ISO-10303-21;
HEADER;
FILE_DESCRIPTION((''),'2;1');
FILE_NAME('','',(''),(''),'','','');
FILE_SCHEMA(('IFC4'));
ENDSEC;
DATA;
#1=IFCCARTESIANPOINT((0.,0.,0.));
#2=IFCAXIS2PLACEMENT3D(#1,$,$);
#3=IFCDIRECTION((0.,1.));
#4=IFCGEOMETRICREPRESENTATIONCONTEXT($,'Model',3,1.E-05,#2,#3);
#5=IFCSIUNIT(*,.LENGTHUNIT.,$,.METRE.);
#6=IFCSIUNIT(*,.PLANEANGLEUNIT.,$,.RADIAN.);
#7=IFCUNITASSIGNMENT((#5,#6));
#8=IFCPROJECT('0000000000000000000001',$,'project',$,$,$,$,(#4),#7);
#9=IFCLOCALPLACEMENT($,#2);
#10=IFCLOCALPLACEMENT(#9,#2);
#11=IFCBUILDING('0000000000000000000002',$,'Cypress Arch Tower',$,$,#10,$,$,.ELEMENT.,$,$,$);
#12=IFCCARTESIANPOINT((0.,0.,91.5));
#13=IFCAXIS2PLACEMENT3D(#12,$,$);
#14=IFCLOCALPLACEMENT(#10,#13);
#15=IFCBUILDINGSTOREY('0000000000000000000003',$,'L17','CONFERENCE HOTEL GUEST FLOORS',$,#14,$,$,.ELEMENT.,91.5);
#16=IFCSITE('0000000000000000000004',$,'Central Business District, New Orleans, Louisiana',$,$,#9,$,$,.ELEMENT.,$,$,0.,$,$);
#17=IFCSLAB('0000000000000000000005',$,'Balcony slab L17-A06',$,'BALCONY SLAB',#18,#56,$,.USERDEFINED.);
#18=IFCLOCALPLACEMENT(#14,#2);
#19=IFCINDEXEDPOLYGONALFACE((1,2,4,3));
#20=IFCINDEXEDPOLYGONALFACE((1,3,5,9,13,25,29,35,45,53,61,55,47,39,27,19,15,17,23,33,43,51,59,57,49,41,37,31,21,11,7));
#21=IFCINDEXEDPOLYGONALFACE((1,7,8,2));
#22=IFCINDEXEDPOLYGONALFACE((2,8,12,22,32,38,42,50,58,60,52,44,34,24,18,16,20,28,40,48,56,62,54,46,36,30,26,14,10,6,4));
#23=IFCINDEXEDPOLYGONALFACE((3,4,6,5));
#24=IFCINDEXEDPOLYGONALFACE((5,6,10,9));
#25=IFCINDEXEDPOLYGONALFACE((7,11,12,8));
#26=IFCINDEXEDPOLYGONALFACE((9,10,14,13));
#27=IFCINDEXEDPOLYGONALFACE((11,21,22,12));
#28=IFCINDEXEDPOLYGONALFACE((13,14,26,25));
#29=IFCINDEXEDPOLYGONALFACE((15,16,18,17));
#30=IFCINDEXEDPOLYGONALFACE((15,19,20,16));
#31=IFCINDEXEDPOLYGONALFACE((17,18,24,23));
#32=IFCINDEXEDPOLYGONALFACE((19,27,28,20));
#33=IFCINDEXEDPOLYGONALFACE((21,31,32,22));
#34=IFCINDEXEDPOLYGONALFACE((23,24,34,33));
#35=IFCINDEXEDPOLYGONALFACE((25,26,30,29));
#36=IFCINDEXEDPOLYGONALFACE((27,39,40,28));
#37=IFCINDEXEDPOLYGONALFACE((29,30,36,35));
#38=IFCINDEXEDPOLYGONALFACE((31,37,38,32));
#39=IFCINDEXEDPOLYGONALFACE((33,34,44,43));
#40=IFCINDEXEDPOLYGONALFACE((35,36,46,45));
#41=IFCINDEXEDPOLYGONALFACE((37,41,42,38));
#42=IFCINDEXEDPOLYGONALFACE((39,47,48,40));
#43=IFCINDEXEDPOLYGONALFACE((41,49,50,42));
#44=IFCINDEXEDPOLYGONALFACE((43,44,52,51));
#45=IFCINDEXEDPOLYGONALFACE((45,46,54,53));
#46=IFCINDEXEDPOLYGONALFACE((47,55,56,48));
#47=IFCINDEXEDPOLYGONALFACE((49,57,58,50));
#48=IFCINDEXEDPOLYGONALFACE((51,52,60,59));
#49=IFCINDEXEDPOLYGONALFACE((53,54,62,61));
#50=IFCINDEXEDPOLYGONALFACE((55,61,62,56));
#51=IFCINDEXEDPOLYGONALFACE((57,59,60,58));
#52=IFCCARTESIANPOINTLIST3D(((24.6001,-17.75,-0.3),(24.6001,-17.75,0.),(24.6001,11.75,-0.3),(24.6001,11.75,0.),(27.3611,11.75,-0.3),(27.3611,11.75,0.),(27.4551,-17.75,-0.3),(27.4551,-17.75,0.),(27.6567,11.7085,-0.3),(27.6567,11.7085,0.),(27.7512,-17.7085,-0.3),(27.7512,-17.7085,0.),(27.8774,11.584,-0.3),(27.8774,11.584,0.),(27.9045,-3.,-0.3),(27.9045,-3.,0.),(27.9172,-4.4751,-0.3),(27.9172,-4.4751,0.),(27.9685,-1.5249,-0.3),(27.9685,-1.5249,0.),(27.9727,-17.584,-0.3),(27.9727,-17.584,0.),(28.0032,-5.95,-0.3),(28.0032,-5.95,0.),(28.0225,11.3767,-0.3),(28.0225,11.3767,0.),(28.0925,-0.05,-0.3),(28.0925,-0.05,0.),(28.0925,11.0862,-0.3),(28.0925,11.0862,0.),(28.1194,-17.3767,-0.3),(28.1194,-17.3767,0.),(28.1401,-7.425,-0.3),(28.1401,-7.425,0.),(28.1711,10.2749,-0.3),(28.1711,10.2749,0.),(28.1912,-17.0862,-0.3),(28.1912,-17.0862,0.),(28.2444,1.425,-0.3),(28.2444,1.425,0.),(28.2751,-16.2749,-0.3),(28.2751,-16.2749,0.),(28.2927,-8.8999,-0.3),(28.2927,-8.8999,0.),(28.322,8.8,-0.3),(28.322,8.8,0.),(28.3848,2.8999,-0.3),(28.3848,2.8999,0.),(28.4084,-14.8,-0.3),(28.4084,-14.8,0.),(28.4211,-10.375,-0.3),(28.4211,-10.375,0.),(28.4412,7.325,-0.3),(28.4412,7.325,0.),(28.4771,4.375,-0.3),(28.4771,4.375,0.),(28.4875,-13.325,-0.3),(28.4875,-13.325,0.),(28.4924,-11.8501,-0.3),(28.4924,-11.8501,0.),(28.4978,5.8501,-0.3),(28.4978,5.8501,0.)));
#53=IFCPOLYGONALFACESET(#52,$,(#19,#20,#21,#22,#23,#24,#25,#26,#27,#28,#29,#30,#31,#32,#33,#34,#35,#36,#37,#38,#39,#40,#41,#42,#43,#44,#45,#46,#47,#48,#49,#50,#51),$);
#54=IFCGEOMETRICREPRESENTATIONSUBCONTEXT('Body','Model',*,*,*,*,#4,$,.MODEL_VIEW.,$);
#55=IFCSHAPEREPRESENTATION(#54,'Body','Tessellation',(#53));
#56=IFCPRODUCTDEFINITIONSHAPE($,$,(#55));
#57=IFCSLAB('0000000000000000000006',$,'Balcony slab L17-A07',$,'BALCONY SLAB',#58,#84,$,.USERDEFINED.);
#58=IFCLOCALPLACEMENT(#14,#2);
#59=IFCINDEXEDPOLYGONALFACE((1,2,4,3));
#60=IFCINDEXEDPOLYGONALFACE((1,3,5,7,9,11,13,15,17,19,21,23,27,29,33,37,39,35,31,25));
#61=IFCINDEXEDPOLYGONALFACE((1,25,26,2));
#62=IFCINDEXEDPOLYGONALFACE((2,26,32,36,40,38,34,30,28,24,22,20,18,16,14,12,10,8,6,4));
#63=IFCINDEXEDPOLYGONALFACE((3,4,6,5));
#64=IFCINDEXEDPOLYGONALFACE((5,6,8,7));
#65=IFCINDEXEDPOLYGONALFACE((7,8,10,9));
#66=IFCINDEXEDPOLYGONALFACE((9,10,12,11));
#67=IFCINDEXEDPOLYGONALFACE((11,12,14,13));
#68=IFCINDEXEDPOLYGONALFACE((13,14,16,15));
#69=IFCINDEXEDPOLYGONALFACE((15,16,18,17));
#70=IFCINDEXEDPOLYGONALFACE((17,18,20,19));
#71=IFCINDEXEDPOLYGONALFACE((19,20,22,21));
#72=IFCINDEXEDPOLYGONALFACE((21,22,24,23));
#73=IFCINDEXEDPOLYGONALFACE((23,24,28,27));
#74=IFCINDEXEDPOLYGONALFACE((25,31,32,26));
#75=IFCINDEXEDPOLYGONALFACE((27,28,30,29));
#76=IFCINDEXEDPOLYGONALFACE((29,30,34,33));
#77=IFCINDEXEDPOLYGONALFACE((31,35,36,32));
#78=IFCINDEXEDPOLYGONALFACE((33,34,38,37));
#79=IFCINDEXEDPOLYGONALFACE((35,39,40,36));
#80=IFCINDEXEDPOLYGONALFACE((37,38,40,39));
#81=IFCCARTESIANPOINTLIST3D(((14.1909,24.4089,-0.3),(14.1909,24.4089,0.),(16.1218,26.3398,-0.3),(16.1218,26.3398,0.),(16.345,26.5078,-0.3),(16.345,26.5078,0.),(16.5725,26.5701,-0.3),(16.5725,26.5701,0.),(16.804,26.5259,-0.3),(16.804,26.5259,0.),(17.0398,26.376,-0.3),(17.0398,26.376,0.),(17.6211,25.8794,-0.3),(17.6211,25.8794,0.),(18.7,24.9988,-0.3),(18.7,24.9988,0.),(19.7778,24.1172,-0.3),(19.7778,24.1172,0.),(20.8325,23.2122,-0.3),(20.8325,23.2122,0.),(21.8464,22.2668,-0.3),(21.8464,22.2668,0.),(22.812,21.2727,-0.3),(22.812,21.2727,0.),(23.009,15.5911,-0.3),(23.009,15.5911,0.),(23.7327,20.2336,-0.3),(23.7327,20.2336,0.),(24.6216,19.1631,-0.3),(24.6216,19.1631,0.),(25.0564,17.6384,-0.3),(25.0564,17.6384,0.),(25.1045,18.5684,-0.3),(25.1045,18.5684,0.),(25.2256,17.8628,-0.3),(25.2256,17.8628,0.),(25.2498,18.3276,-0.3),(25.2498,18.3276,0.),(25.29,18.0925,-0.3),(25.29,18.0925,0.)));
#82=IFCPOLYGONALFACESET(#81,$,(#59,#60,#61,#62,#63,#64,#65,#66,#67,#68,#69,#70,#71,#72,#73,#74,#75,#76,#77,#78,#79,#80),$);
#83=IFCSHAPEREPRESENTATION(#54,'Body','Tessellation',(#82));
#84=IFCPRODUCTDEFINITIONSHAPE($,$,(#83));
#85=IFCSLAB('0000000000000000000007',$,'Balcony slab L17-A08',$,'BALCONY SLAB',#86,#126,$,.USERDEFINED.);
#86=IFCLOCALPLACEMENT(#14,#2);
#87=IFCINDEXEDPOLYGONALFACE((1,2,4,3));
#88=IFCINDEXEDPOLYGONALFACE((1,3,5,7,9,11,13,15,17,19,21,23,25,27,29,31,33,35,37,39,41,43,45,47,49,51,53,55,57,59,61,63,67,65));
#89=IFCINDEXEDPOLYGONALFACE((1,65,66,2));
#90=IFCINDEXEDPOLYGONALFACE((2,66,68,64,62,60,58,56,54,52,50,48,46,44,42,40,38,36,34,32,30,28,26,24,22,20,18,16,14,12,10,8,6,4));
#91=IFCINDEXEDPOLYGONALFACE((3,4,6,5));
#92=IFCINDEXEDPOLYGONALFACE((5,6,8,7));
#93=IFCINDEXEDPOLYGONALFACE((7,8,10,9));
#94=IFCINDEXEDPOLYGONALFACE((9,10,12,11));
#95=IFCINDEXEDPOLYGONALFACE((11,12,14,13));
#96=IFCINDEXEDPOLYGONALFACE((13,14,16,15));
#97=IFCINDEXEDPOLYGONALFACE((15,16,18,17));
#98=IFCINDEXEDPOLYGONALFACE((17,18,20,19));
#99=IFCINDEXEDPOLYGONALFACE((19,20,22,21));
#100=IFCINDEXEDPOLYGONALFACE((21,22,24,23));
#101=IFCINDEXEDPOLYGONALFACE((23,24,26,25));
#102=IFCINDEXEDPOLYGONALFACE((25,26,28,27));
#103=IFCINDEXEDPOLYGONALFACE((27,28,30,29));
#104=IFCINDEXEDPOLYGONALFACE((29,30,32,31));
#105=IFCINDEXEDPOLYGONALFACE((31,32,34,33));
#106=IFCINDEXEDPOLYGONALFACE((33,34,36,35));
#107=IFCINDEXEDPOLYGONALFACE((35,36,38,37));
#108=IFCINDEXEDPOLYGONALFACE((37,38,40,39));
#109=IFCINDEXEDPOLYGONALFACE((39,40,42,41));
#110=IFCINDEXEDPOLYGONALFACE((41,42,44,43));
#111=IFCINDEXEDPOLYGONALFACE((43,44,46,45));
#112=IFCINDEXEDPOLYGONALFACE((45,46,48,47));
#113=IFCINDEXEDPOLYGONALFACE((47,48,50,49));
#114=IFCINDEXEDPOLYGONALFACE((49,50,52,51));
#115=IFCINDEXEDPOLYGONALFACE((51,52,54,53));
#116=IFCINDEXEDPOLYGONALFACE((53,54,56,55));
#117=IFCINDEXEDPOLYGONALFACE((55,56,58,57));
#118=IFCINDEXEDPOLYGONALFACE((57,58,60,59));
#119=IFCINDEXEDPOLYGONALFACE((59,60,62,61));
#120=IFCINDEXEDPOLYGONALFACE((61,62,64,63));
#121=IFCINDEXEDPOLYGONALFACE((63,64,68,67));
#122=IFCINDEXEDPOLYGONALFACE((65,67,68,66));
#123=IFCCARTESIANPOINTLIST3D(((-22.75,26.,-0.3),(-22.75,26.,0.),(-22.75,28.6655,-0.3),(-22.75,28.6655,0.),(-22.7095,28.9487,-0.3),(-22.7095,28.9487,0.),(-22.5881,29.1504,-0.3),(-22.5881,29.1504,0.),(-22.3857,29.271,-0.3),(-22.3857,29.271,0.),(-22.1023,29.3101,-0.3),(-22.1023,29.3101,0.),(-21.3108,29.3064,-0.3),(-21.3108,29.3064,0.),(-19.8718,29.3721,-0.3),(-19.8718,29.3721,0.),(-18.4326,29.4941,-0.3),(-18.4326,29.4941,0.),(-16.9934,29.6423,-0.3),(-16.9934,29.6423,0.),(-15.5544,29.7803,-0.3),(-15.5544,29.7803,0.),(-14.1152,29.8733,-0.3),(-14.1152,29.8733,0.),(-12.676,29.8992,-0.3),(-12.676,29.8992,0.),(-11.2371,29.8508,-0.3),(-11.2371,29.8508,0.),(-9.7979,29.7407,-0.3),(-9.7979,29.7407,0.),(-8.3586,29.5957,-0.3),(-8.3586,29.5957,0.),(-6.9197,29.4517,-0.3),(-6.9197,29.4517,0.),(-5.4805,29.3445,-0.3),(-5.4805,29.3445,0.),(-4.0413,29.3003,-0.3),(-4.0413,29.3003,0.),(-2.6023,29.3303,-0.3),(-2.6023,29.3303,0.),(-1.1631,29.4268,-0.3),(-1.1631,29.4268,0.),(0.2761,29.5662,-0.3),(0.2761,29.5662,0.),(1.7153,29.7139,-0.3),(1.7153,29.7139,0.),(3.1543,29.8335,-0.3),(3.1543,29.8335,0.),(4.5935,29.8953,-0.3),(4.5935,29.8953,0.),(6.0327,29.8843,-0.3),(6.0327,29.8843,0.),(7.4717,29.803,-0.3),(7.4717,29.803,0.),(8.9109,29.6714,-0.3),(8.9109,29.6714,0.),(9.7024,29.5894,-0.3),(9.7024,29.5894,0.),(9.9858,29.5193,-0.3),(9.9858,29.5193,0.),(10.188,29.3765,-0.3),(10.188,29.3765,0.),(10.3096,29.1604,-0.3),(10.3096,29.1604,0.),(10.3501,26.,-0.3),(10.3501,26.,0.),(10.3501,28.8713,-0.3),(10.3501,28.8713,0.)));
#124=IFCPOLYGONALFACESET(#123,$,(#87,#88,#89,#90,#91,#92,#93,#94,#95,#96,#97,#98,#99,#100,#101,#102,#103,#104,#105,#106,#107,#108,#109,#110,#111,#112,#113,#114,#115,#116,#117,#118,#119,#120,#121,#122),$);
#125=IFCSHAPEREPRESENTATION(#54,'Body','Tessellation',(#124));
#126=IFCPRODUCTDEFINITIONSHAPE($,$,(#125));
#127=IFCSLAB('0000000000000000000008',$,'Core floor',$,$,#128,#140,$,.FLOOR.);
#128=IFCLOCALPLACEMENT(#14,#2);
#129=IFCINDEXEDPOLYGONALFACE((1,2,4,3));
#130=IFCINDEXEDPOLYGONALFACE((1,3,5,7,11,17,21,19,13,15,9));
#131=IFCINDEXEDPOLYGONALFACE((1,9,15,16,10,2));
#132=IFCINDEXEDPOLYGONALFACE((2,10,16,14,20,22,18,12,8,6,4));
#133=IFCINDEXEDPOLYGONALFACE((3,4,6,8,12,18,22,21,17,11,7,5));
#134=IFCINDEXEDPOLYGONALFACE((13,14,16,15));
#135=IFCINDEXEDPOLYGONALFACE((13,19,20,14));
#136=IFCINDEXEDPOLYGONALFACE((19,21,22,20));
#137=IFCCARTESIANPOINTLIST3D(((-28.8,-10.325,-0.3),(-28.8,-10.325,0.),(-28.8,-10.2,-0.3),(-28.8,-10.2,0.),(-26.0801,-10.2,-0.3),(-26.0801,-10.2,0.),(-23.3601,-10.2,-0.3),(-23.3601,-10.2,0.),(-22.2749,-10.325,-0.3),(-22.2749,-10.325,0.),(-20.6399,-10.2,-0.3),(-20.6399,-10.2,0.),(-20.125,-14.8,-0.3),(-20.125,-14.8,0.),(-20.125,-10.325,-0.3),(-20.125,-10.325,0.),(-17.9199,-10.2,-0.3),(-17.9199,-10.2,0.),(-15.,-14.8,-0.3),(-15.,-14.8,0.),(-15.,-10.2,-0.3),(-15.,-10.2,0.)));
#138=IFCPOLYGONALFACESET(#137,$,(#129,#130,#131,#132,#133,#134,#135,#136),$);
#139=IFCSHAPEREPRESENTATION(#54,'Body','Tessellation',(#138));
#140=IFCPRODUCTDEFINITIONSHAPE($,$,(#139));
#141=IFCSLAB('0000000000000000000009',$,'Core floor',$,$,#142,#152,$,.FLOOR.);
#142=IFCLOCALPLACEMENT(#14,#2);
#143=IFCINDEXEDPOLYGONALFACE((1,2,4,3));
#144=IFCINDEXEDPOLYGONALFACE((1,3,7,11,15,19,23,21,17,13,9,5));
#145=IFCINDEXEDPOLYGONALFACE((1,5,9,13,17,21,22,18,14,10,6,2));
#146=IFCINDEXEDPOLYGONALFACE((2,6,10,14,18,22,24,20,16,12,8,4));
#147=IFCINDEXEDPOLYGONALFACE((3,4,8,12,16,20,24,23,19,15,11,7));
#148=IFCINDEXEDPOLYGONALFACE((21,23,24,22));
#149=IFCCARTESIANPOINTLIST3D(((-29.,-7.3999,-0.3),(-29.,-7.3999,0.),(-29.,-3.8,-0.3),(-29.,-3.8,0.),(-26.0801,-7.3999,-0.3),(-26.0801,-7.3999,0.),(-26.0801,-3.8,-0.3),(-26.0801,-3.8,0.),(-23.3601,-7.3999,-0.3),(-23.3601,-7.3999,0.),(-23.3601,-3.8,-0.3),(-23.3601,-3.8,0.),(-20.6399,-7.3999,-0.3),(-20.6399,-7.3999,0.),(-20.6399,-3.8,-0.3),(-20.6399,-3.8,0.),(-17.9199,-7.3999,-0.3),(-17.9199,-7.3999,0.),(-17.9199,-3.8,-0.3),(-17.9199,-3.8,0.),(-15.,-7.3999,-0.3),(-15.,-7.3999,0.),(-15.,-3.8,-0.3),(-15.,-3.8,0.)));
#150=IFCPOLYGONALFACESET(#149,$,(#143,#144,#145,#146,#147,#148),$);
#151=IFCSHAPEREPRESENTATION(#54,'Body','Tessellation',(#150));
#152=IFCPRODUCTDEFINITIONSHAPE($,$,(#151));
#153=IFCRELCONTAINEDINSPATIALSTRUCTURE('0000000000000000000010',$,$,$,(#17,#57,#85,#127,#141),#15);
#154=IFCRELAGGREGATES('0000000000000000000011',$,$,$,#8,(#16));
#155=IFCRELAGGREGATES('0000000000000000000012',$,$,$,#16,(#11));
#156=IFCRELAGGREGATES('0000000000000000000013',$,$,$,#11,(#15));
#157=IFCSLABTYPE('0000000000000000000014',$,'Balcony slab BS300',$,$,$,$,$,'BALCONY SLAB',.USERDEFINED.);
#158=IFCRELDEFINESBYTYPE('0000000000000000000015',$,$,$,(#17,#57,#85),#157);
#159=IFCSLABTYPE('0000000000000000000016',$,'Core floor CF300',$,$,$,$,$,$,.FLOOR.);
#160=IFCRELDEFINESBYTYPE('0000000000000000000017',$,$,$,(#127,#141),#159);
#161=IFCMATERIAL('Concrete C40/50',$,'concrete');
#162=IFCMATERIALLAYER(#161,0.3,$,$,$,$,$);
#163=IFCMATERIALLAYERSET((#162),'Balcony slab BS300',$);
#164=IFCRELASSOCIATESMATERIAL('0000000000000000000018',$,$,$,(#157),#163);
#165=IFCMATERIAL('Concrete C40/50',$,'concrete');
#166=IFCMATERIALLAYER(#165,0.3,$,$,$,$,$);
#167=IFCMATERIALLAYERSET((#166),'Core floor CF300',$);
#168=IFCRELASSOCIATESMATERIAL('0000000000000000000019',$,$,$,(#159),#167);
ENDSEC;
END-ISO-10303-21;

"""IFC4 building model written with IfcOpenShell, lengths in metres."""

from ifc_helpers import new_model, si_unit, direction, frame, origin, place, context, subcontext, project, spatial, polyline, outline, extrude, material, layer, layer_set, type_object, element, save


model = new_model("IFC4")

# Units and contexts
model_context = context("Model", 3, precision=1e-05, world=origin(), true_north=direction((0.0, 1.0)))
body_context = subcontext(model_context, "Body", "Model", "MODEL_VIEW")
ifc_project = project(units=[si_unit("LENGTHUNIT", "METRE"), si_unit("PLANEANGLEUNIT", "RADIAN")], contexts=[model_context])

# Site, building, storey
site_placement = place(None, origin())
site = spatial("IfcSite", under=ifc_project, at=site_placement, Name="Central Business District, New Orleans, Louisiana", CompositionType="ELEMENT", RefElevation=0.0)
building_placement = place(site_placement, origin())
building = spatial("IfcBuilding", under=site, at=building_placement, Name="Cypress Arch Tower", CompositionType="ELEMENT")
storey_placement = place(building_placement, frame((0.0, 0.0, 91.5)))
storey = spatial("IfcBuildingStorey", under=building, at=storey_placement, Name="L17", Description="CONFERENCE HOTEL GUEST FLOORS", CompositionType="ELEMENT", Elevation=91.5)

# Slabs
ifc_material_1 = material(Name="Concrete C40/50", Category="concrete")
ifc_layer_1 = layer(ifc_material_1, 0.3)
ifc_layer_set_1 = layer_set([ifc_layer_1], Name="Balcony slab BS300")
slab_type_1 = type_object("IfcSlabType", Name="Balcony slab BS300", ElementType="BALCONY SLAB", PredefinedType="USERDEFINED", material=ifc_layer_set_1)
slab_1_placement = place(storey_placement, frame((0.0, 0.0, -0.3)))
element("IfcSlab", 1, at=slab_1_placement, inside=storey, type_object=slab_type_1, Name="Balcony slab L17-A06", ObjectType="BALCONY SLAB", PredefinedType="USERDEFINED", context=body_context, shape_type="SweptSolid", body=[
    extrude(outline(polyline([(24.6001, -17.75), (27.4551, -17.75), (27.7512, -17.7085), (27.9727, -17.584), (28.1194, -17.3767), (28.1912, -17.0862), (28.2751, -16.2749), (28.4084, -14.8), (28.4875, -13.325), (28.4924, -11.8501), (28.4211, -10.375), (28.2927, -8.8999), (28.1401, -7.425), (28.0032, -5.95), (27.9172, -4.4751), (27.9045, -3.0), (27.9685, -1.5249), (28.0925, -0.05), (28.2444, 1.425), (28.3848, 2.8999), (28.4771, 4.375), (28.4978, 5.8501), (28.4412, 7.325), (28.322, 8.8), (28.1711, 10.2749), (28.0925, 11.0862), (28.0225, 11.3767), (27.8774, 11.584), (27.6567, 11.7085), (27.3611, 11.75), (24.6001, 11.75), (24.6001, -17.75)])), origin(), (0.0, 0.0, 1.0), 0.3),
])
slab_2_placement = place(storey_placement, frame((0.0, 0.0, -0.3)))
element("IfcSlab", 2, at=slab_2_placement, inside=storey, type_object=slab_type_1, Name="Balcony slab L17-A07", ObjectType="BALCONY SLAB", PredefinedType="USERDEFINED", context=body_context, shape_type="SweptSolid", body=[
    extrude(outline(polyline([(23.009, 15.5911), (25.0564, 17.6384), (25.2256, 17.8628), (25.29, 18.0925), (25.2498, 18.3276), (25.1045, 18.5684), (24.6216, 19.1631), (23.7327, 20.2336), (22.812, 21.2727), (21.8464, 22.2668), (20.8325, 23.2122), (19.7778, 24.1172), (18.7, 24.9988), (17.6211, 25.8794), (17.0398, 26.376), (16.804, 26.5259), (16.5725, 26.5701), (16.345, 26.5078), (16.1218, 26.3398), (14.1909, 24.4089), (23.009, 15.5911)])), origin(), (0.0, 0.0, 1.0), 0.3),
])
slab_3_placement = place(storey_placement, frame((0.0, 0.0, -0.3)))
element("IfcSlab", 3, at=slab_3_placement, inside=storey, type_object=slab_type_1, Name="Balcony slab L17-A08", ObjectType="BALCONY SLAB", PredefinedType="USERDEFINED", context=body_context, shape_type="SweptSolid", body=[
    extrude(outline(polyline([(10.3501, 26.0), (10.3501, 28.8713), (10.3096, 29.1604), (10.188, 29.3765), (9.9858, 29.5193), (9.7024, 29.5894), (8.9109, 29.6714), (7.4717, 29.803), (6.0327, 29.8843), (4.5935, 29.8953), (3.1543, 29.8335), (1.7153, 29.7139), (0.2761, 29.5662), (-1.1631, 29.4268), (-2.6023, 29.3303), (-4.0413, 29.3003), (-5.4805, 29.3445), (-6.9197, 29.4517), (-8.3586, 29.5957), (-9.7979, 29.7407), (-11.2371, 29.8508), (-12.676, 29.8992), (-14.1152, 29.8733), (-15.5544, 29.7803), (-16.9934, 29.6423), (-18.4326, 29.4941), (-19.8718, 29.3721), (-21.3108, 29.3064), (-22.1023, 29.3101), (-22.3857, 29.271), (-22.5881, 29.1504), (-22.7095, 28.9487), (-22.75, 28.6655), (-22.75, 26.0), (10.3501, 26.0)])), origin(), (0.0, 0.0, 1.0), 0.3),
])
ifc_material_2 = material(Name="Concrete C40/50", Category="concrete")
ifc_layer_2 = layer(ifc_material_2, 0.3)
ifc_layer_set_2 = layer_set([ifc_layer_2], Name="Core floor CF300")
slab_type_2 = type_object("IfcSlabType", Name="Core floor CF300", PredefinedType="FLOOR", material=ifc_layer_set_2)
slab_4_placement = place(storey_placement, frame((0.0, 0.0, -0.3)))
element("IfcSlab", 4, at=slab_4_placement, inside=storey, type_object=slab_type_2, Name="Core floor", PredefinedType="FLOOR", context=body_context, shape_type="SweptSolid", body=[
    extrude(outline(polyline([(-20.125, -14.8), (-15.0, -14.8), (-15.0, -10.2), (-17.9199, -10.2), (-20.6399, -10.2), (-23.3601, -10.2), (-26.0801, -10.2), (-28.8, -10.2), (-28.8, -10.325), (-22.2749, -10.325), (-20.125, -10.325), (-20.125, -14.8)])), origin(), (0.0, 0.0, 1.0), 0.3),
])
slab_5_placement = place(storey_placement, frame((0.0, 0.0, -0.3)))
element("IfcSlab", 5, at=slab_5_placement, inside=storey, type_object=slab_type_2, Name="Core floor", PredefinedType="FLOOR", context=body_context, shape_type="SweptSolid", body=[
    extrude(outline(polyline([(-29.0, -3.8), (-29.0, -7.3999), (-26.0801, -7.3999), (-23.3601, -7.3999), (-20.6399, -7.3999), (-17.9199, -7.3999), (-15.0, -7.3999), (-15.0, -3.8), (-17.9199, -3.8), (-20.6399, -3.8), (-23.3601, -3.8), (-26.0801, -3.8), (-29.0, -3.8)])), origin(), (0.0, 0.0, 1.0), 0.3),
])

save(model, "model.ifc")
